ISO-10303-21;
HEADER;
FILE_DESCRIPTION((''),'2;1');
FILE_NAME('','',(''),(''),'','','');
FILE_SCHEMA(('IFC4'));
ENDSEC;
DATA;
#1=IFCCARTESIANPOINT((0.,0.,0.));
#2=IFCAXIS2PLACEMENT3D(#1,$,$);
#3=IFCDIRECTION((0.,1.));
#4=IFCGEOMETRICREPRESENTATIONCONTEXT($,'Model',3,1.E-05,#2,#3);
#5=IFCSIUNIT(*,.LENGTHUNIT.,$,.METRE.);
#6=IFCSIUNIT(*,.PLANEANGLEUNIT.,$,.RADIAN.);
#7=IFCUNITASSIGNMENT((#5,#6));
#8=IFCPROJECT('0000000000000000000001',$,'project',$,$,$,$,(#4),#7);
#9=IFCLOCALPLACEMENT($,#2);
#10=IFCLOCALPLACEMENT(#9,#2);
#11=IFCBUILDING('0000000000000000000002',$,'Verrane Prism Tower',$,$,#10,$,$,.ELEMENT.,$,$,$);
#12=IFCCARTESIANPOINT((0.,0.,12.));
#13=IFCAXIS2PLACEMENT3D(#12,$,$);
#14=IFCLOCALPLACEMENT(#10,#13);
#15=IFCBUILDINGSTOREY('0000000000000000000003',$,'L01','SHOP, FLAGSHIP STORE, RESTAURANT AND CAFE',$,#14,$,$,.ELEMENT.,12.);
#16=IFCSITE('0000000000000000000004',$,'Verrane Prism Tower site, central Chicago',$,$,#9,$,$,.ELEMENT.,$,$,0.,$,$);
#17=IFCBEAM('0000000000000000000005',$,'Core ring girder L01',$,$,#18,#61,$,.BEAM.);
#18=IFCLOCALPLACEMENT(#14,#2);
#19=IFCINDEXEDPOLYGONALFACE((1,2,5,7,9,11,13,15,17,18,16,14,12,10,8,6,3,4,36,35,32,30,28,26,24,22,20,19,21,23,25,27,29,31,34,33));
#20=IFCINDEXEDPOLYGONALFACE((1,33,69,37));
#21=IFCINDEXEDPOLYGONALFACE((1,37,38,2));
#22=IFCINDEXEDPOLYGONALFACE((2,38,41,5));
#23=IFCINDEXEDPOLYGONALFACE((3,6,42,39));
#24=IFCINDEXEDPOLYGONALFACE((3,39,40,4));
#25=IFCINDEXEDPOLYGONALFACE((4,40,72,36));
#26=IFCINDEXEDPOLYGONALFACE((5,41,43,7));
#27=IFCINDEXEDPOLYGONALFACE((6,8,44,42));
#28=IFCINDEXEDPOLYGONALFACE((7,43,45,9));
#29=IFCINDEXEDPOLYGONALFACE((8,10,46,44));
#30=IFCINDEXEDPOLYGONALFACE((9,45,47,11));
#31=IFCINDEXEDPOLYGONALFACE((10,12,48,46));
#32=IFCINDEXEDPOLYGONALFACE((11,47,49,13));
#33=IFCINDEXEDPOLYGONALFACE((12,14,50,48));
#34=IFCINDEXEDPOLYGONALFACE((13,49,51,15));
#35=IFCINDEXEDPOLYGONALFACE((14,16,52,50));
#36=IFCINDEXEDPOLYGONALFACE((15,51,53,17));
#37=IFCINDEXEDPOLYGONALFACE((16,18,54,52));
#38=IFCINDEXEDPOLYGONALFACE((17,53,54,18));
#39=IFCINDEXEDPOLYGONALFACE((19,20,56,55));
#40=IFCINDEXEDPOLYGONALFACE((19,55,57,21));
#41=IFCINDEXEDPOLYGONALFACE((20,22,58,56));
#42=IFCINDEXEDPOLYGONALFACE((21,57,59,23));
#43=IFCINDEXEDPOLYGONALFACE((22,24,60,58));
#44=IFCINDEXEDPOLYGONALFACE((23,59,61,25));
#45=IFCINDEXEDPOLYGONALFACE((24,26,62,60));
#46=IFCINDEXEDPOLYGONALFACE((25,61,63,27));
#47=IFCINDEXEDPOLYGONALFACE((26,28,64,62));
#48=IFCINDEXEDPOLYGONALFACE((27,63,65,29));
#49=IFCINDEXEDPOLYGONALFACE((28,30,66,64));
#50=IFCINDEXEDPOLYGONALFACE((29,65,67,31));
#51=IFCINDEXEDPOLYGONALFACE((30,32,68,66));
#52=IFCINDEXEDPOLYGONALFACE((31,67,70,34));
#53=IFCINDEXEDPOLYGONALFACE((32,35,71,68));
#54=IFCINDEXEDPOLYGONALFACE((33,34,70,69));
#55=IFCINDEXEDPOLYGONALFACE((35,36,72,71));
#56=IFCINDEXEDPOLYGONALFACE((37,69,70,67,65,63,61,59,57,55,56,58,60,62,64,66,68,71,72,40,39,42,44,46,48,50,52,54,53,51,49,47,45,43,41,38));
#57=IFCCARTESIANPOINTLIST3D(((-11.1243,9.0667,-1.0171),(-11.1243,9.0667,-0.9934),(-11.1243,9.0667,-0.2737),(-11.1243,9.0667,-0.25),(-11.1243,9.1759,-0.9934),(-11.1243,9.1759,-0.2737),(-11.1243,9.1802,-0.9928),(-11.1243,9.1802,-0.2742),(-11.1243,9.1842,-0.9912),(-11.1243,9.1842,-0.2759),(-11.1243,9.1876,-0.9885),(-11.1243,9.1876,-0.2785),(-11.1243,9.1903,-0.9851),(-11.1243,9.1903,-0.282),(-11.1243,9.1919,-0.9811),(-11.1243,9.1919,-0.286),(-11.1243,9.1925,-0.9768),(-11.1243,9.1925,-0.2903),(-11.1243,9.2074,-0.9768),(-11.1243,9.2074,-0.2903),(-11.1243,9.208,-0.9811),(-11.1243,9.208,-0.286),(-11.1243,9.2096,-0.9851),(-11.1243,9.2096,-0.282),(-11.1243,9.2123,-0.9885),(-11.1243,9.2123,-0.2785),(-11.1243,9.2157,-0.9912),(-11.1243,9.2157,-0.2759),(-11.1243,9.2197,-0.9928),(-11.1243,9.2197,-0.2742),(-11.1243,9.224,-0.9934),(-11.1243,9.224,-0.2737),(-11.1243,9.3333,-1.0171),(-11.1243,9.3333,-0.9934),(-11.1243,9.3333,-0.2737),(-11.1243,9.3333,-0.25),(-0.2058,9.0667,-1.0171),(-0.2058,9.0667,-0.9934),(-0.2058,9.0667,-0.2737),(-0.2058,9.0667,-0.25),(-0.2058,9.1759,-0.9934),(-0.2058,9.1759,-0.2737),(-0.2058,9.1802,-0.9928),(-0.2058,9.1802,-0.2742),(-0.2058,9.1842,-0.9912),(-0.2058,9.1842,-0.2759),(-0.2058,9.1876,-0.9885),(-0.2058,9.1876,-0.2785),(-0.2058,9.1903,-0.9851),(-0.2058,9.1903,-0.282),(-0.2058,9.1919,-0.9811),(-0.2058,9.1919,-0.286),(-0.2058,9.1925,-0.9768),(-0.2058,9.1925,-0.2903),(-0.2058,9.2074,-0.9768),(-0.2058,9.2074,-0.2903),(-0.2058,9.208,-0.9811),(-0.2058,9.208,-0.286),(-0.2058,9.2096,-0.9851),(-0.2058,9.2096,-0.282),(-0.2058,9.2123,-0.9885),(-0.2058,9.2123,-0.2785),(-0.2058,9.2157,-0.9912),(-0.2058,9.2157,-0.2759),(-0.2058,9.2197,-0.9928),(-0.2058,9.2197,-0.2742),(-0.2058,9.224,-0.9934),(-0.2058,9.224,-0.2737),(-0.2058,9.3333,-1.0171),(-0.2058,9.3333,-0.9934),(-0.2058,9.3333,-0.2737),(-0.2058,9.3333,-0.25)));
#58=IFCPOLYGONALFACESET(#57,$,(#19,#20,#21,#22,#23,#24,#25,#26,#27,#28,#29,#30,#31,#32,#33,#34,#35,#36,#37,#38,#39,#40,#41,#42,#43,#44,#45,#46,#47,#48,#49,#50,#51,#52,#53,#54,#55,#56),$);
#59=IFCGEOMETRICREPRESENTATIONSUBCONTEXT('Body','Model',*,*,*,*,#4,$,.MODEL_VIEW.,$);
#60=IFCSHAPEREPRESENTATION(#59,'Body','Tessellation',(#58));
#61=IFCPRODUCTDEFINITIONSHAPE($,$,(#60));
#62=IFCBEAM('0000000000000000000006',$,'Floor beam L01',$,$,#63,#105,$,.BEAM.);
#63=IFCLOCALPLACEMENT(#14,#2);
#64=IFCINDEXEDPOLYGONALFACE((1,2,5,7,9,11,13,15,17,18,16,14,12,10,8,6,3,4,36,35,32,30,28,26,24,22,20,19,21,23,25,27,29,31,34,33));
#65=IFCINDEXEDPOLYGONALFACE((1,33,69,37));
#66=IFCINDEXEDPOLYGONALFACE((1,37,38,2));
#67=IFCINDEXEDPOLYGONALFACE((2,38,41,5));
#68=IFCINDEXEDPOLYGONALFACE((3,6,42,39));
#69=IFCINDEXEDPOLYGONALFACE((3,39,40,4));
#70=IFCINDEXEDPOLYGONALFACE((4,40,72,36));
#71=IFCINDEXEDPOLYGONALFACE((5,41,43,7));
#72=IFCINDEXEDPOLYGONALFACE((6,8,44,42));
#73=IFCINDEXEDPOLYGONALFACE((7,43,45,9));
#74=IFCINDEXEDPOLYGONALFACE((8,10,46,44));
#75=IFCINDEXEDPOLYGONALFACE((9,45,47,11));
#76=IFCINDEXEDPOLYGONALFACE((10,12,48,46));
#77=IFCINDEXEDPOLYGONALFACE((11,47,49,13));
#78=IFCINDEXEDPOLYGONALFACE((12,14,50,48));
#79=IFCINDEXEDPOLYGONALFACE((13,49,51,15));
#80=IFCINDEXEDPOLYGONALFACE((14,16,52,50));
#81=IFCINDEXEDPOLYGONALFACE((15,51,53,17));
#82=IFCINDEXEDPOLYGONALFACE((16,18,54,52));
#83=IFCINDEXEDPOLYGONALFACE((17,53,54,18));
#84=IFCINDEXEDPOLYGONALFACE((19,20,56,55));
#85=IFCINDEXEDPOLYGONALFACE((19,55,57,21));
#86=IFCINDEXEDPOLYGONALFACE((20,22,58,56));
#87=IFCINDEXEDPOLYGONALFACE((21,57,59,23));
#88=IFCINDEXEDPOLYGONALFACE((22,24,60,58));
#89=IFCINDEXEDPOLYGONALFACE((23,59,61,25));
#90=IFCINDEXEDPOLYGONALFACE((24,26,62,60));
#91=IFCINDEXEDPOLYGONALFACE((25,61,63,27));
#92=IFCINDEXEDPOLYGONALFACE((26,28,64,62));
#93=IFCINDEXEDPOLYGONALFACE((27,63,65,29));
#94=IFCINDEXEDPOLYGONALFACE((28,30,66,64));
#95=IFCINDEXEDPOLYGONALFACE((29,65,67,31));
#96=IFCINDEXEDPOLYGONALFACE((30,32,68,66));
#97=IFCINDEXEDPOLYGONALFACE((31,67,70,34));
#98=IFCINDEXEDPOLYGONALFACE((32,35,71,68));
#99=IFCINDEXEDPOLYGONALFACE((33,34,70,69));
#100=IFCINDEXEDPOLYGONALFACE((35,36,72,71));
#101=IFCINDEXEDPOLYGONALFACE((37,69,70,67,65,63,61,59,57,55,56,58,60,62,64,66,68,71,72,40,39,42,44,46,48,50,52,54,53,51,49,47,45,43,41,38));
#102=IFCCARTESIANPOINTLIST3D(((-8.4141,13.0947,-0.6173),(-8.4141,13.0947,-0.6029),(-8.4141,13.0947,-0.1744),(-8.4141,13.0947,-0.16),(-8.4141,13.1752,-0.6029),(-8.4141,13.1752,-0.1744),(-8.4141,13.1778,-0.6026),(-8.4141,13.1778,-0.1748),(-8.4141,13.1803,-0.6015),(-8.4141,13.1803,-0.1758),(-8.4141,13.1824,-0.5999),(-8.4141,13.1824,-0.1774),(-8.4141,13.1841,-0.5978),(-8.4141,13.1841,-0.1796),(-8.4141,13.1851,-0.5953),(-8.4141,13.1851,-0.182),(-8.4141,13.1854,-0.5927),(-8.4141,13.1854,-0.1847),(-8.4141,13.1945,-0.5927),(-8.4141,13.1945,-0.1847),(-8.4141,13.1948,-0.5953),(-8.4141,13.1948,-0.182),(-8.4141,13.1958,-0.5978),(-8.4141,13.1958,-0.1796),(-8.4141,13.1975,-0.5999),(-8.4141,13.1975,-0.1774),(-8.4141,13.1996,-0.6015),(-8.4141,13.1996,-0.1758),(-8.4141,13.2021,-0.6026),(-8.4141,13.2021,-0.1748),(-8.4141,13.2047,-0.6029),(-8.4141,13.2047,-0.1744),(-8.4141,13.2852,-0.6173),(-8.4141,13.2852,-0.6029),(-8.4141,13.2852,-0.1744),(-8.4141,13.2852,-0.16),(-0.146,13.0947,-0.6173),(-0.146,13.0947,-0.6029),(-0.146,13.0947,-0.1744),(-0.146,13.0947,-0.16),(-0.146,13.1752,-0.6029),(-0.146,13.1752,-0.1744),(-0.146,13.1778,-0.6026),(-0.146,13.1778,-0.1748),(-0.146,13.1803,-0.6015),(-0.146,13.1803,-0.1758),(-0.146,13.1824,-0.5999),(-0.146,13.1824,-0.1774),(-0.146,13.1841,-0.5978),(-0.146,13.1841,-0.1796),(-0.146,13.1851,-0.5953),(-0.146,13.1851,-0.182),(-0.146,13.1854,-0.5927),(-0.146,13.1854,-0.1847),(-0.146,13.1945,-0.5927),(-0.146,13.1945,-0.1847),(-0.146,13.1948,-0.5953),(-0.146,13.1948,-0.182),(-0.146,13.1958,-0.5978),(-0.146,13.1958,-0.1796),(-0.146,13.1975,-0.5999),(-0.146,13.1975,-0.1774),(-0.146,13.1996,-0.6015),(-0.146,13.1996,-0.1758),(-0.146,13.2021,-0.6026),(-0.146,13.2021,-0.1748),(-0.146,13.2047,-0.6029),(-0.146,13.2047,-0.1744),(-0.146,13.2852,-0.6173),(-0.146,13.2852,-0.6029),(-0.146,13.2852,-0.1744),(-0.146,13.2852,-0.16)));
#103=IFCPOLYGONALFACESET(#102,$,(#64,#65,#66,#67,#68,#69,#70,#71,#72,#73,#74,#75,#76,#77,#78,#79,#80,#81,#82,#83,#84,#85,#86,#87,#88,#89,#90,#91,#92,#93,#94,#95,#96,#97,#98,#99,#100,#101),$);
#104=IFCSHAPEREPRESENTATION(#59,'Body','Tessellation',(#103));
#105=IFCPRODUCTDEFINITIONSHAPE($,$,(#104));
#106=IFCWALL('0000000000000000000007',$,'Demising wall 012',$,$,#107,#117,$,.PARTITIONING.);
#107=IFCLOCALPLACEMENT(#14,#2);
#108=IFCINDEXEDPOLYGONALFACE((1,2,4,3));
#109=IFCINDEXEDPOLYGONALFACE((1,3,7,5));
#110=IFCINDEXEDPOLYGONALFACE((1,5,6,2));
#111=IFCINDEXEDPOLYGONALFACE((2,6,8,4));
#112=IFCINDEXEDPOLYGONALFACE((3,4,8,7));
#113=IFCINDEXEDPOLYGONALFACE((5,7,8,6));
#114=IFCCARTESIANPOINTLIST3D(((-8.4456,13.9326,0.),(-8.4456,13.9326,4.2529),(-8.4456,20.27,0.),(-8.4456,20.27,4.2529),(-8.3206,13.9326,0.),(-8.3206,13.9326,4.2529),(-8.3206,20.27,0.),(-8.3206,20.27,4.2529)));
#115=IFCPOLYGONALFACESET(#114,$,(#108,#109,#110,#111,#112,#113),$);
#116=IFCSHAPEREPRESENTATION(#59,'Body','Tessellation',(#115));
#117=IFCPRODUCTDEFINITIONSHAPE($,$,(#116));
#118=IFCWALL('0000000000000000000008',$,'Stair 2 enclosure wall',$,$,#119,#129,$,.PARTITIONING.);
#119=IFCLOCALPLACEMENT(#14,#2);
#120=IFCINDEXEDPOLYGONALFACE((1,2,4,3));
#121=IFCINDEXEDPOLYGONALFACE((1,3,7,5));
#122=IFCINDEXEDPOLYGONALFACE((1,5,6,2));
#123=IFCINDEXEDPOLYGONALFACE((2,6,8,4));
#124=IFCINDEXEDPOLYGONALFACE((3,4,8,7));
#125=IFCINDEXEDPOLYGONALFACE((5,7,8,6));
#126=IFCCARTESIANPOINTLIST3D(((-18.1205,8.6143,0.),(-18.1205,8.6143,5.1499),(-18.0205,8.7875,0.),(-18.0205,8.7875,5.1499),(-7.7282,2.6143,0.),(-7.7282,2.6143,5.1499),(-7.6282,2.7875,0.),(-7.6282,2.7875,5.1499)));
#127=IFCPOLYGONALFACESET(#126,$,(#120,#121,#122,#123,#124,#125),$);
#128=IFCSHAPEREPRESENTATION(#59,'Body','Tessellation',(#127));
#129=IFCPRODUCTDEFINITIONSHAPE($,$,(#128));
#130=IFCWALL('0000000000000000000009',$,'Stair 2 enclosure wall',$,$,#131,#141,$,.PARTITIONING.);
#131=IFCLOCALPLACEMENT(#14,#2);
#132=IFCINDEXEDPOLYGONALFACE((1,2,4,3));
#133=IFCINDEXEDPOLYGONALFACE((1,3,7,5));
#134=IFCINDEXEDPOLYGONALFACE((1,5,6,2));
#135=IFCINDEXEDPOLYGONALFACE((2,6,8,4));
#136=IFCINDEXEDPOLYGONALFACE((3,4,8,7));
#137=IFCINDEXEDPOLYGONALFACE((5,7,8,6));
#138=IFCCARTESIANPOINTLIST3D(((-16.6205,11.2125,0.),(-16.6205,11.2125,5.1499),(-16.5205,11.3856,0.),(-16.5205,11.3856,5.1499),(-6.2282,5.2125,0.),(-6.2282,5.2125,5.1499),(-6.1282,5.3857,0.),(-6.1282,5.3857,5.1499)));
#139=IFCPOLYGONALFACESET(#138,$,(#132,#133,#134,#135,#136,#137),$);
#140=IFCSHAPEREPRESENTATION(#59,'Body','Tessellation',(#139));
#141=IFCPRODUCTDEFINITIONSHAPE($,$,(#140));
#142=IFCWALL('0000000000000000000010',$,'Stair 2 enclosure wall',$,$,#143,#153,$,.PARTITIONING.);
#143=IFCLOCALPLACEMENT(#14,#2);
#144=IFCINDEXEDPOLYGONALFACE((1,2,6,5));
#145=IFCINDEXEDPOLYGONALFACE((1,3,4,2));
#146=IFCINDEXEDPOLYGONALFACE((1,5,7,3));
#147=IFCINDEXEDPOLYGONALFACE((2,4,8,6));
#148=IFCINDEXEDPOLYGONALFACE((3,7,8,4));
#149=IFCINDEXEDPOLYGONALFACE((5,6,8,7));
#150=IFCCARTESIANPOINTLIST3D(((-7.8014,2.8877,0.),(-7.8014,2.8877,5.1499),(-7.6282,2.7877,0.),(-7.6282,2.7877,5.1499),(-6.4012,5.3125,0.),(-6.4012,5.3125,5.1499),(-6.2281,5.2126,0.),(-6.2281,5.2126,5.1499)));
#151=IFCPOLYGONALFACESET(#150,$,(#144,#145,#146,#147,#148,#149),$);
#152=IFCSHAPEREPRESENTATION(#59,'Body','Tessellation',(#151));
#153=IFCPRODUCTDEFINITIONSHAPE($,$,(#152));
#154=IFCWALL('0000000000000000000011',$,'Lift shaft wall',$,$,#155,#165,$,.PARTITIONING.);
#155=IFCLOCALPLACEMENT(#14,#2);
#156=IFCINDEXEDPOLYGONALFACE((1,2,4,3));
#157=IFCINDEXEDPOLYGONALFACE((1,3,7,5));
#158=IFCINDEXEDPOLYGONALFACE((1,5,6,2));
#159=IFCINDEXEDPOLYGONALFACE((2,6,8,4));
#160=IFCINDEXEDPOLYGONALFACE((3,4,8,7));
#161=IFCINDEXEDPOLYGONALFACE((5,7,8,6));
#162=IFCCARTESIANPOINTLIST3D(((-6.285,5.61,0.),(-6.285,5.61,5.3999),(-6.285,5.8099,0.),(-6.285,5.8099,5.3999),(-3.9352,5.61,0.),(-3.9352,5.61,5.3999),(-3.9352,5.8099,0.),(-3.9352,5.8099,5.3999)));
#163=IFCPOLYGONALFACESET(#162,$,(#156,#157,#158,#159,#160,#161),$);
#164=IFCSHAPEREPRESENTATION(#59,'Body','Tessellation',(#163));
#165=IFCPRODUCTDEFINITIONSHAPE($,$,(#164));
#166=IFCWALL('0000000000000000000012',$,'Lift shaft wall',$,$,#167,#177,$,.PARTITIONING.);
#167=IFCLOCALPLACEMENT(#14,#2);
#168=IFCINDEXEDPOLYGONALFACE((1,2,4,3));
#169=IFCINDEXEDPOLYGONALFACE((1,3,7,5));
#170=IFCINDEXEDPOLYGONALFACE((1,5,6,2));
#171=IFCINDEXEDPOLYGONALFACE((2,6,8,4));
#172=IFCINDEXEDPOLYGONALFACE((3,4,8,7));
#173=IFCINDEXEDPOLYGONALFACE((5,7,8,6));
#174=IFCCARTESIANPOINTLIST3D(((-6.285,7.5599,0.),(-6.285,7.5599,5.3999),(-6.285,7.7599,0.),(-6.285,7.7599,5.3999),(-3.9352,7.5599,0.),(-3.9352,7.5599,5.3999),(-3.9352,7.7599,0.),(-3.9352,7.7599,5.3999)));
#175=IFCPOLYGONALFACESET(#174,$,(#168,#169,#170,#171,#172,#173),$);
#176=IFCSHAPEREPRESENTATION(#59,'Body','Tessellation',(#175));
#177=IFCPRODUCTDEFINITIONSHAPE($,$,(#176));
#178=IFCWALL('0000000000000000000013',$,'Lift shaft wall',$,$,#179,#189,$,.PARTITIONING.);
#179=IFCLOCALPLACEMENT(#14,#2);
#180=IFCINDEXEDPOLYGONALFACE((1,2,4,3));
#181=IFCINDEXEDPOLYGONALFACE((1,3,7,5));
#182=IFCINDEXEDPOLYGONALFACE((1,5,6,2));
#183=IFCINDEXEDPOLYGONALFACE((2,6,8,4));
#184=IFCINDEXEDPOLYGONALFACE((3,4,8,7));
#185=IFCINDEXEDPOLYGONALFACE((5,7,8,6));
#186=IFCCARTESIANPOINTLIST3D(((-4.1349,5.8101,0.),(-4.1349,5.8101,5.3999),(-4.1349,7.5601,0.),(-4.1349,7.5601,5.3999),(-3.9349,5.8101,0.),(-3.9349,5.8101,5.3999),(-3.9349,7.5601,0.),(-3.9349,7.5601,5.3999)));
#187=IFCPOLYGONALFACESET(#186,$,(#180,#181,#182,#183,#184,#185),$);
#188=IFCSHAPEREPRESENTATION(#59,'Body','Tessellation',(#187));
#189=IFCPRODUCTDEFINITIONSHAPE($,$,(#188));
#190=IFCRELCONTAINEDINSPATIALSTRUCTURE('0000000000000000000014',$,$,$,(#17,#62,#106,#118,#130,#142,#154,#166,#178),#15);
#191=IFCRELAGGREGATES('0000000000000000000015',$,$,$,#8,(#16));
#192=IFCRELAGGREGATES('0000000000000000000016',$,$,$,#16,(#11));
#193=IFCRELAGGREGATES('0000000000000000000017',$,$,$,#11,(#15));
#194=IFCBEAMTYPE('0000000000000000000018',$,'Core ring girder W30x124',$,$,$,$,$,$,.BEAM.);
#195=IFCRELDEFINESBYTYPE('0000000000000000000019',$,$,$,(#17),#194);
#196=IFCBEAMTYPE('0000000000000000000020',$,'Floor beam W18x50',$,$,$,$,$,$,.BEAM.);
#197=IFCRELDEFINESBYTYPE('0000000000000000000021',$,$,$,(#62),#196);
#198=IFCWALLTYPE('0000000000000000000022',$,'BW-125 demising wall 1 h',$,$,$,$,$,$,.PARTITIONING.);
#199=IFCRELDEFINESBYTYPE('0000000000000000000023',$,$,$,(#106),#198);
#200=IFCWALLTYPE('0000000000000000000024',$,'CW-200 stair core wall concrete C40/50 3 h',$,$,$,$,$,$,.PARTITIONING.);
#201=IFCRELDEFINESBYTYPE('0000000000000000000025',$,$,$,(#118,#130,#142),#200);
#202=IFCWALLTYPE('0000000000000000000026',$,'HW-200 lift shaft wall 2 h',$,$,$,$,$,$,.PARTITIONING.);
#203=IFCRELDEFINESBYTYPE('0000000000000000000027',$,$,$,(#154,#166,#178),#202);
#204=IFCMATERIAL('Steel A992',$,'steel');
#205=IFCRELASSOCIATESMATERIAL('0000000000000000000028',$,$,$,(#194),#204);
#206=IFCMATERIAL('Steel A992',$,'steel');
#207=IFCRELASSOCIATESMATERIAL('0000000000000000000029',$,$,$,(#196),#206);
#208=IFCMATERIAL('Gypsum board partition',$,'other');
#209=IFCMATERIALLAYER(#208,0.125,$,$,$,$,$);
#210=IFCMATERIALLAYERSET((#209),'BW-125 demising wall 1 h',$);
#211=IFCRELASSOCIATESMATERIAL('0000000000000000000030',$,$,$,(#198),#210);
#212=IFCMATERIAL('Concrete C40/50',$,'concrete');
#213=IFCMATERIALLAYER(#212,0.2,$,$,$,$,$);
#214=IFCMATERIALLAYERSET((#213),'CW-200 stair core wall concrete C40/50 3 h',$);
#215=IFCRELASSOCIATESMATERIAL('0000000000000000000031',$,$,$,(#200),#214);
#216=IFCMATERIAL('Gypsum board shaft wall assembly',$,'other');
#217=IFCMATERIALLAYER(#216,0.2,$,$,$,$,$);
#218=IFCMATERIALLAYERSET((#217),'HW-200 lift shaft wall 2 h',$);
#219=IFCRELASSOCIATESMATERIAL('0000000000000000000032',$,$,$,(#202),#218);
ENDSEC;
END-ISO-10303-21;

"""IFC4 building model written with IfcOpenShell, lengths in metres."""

from ifc_helpers import new_model, si_unit, direction, frame, frame_2d, origin, origin_2d, place, context, subcontext, project, spatial, rectangle, i_section, extrude, material, layer, layer_set, material_profile, profile_set, type_object, element, save


model = new_model("IFC4")

# Units and contexts
model_context = context("Model", 3, precision=1e-05, world=origin(), true_north=direction((0.0, 1.0)))
body_context = subcontext(model_context, "Body", "Model", "MODEL_VIEW")
ifc_project = project(units=[si_unit("LENGTHUNIT", "METRE"), si_unit("PLANEANGLEUNIT", "RADIAN")], contexts=[model_context])

# Site, building, storey
site_placement = place(None, origin())
site = spatial("IfcSite", under=ifc_project, at=site_placement, Name="Verrane Prism Tower site, central Chicago", CompositionType="ELEMENT", RefElevation=0.0)
building_placement = place(site_placement, origin())
building = spatial("IfcBuilding", under=site, at=building_placement, Name="Verrane Prism Tower", CompositionType="ELEMENT")
storey_placement = place(building_placement, frame((0.0, 0.0, 12.0)))
storey = spatial("IfcBuildingStorey", under=building, at=storey_placement, Name="L01", Description="SHOP, FLAGSHIP STORE, RESTAURANT AND CAFE", CompositionType="ELEMENT", Elevation=12.0)

# Beams
ifc_material_1 = material(Name="Steel A992", Category="steel")
ifc_material_profile_1 = material_profile(ifc_material_1, i_section(OverallWidth=0.2666, OverallDepth=0.7671, WebThickness=0.0149, FlangeThickness=0.0237, FilletRadius=0.0166, at=origin_2d()), Name="W30x124")
ifc_profile_set_1 = profile_set([ifc_material_profile_1], Name="Steel A992")
beam_type_1 = type_object("IfcBeamType", Name="Core ring girder W30x124", PredefinedType="BEAM", material=ifc_profile_set_1)
beam_1_placement = place(storey_placement, frame((-0.2058, 9.2, -0.6335), z_axis=(-1.0, 0.0, 0.0), x_axis=(0.0, -1.0, 0.0)))
element("IfcBeam", 1, at=beam_1_placement, inside=storey, type_object=beam_type_1, Name="Core ring girder L01", PredefinedType="BEAM", context=body_context, shape_type="SweptSolid", body=[
    extrude(i_section(OverallWidth=0.2666, OverallDepth=0.7671, WebThickness=0.0149, FlangeThickness=0.0237, FilletRadius=0.0166, at=origin_2d()), origin(), (0.0, 0.0, 1.0), 10.9185),
])
ifc_material_2 = material(Name="Steel A992", Category="steel")
ifc_material_profile_2 = material_profile(ifc_material_2, i_section(OverallWidth=0.1904, OverallDepth=0.4573, WebThickness=0.009, FlangeThickness=0.0144, FilletRadius=0.0103, at=origin_2d()), Name="W18x50")
ifc_profile_set_2 = profile_set([ifc_material_profile_2], Name="Steel A992")
beam_type_2 = type_object("IfcBeamType", Name="Floor beam W18x50", PredefinedType="BEAM", material=ifc_profile_set_2)
beam_2_placement = place(storey_placement, frame((-8.4141, 13.1899, -0.3887), z_axis=(1.0, 0.0, 0.0), x_axis=(0.0, 1.0, 0.0)))
element("IfcBeam", 2, at=beam_2_placement, inside=storey, type_object=beam_type_2, Name="Floor beam L01", PredefinedType="BEAM", context=body_context, shape_type="SweptSolid", body=[
    extrude(i_section(OverallWidth=0.1904, OverallDepth=0.4573, WebThickness=0.009, FlangeThickness=0.0144, FilletRadius=0.0103, at=origin_2d()), origin(), (0.0, 0.0, 1.0), 8.2681),
])

# Walls
ifc_material_3 = material(Name="Gypsum board partition", Category="other")
ifc_layer_1 = layer(ifc_material_3, 0.125)
ifc_layer_set_1 = layer_set([ifc_layer_1], Name="BW-125 demising wall 1 h")
wall_type_1 = type_object("IfcWallType", Name="BW-125 demising wall 1 h", PredefinedType="PARTITIONING", material=ifc_layer_set_1)
wall_1_placement = place(storey_placement, frame((-8.3831, 13.9326, 0.0), z_axis=(0.0, 0.0, 1.0), x_axis=(0.0, 1.0, 0.0)))
element("IfcWall", 3, at=wall_1_placement, inside=storey, type_object=wall_type_1, Name="Demising wall 012", PredefinedType="PARTITIONING", context=body_context, shape_type="SweptSolid", body=[
    extrude(rectangle(XDim=6.3374, YDim=0.125, at=frame_2d((3.1687, 0.0))), origin(), (0.0, 0.0, 1.0), 4.2529),
])
ifc_material_4 = material(Name="Concrete C40/50", Category="concrete")
ifc_layer_2 = layer(ifc_material_4, 0.2)
ifc_layer_set_2 = layer_set([ifc_layer_2], Name="CW-200 stair core wall concrete C40/50 3 h")
wall_type_2 = type_object("IfcWallType", Name="CW-200 stair core wall concrete C40/50 3 h", PredefinedType="PARTITIONING", material=ifc_layer_set_2)
for number, where, z_axis, x_axis, name in (
    (4, (-7.6782, 2.7009, 0.0), (0.0, 0.0, 1.0), (-0.866026, 0.499999, 0.0), "Stair 2 enclosure wall"),
    (5, (-6.1782, 5.2991, 0.0), (0.0, 0.0, 1.0), (-0.866026, 0.499999, 0.0), "Stair 2 enclosure wall"),
):
    element("IfcWall", number, at=place(storey_placement, frame(where, z_axis=z_axis, x_axis=x_axis)), inside=storey, type_object=wall_type_2, Name=name, PredefinedType="PARTITIONING", context=body_context, shape_type="SweptSolid", body=[
        extrude(rectangle(XDim=12.0, YDim=0.2, at=frame_2d((6.0, 0.0))), origin(), (0.0, 0.0, 1.0), 5.1499),
    ])
wall_2_placement = place(storey_placement, frame((-6.3147, 5.2625, 0.0), z_axis=(0.0, 0.0, 1.0), x_axis=(-0.50005, -0.865997, 0.0)))
element("IfcWall", 6, at=wall_2_placement, inside=storey, type_object=wall_type_2, Name="Stair 2 enclosure wall", PredefinedType="PARTITIONING", context=body_context, shape_type="SweptSolid", body=[
    extrude(rectangle(XDim=2.8, YDim=0.2, at=frame_2d((1.3999, 0.0))), origin(), (0.0, 0.0, 1.0), 5.1499),
])
ifc_material_5 = material(Name="Gypsum board shaft wall assembly", Category="other")
ifc_layer_3 = layer(ifc_material_5, 0.2)
ifc_layer_set_3 = layer_set([ifc_layer_3], Name="HW-200 lift shaft wall 2 h")
wall_type_3 = type_object("IfcWallType", Name="HW-200 lift shaft wall 2 h", PredefinedType="PARTITIONING", material=ifc_layer_set_3)
for number, where, z_axis, x_axis, name in (
    (7, (-6.2849, 5.71, 0.0), (0.0, 0.0, 1.0), (1.0, 0.0, 0.0), "Lift shaft wall"),
    (8, (-6.2849, 7.6599, 0.0), (0.0, 0.0, 1.0), (1.0, 0.0, 0.0), "Lift shaft wall"),
):
    element("IfcWall", number, at=place(storey_placement, frame(where, z_axis=z_axis, x_axis=x_axis)), inside=storey, type_object=wall_type_3, Name=name, PredefinedType="PARTITIONING", context=body_context, shape_type="SweptSolid", body=[
        extrude(rectangle(XDim=2.3499, YDim=0.2, at=frame_2d((1.1748, 0.0))), origin(), (0.0, 0.0, 1.0), 5.3999),
    ])
for number, where, z_axis, x_axis, name in (
    (9, (-4.0349, 5.8101, 0.0), (0.0, 0.0, 1.0), (0.0, 1.0, 0.0), "Lift shaft wall"),
):
    element("IfcWall", number, at=place(storey_placement, frame(where, z_axis=z_axis, x_axis=x_axis)), inside=storey, type_object=wall_type_3, Name=name, PredefinedType="PARTITIONING", context=body_context, shape_type="SweptSolid", body=[
        extrude(rectangle(XDim=1.75, YDim=0.2, at=frame_2d((0.875, 0.0))), origin(), (0.0, 0.0, 1.0), 5.3999),
    ])

save(model, "model.ifc")
